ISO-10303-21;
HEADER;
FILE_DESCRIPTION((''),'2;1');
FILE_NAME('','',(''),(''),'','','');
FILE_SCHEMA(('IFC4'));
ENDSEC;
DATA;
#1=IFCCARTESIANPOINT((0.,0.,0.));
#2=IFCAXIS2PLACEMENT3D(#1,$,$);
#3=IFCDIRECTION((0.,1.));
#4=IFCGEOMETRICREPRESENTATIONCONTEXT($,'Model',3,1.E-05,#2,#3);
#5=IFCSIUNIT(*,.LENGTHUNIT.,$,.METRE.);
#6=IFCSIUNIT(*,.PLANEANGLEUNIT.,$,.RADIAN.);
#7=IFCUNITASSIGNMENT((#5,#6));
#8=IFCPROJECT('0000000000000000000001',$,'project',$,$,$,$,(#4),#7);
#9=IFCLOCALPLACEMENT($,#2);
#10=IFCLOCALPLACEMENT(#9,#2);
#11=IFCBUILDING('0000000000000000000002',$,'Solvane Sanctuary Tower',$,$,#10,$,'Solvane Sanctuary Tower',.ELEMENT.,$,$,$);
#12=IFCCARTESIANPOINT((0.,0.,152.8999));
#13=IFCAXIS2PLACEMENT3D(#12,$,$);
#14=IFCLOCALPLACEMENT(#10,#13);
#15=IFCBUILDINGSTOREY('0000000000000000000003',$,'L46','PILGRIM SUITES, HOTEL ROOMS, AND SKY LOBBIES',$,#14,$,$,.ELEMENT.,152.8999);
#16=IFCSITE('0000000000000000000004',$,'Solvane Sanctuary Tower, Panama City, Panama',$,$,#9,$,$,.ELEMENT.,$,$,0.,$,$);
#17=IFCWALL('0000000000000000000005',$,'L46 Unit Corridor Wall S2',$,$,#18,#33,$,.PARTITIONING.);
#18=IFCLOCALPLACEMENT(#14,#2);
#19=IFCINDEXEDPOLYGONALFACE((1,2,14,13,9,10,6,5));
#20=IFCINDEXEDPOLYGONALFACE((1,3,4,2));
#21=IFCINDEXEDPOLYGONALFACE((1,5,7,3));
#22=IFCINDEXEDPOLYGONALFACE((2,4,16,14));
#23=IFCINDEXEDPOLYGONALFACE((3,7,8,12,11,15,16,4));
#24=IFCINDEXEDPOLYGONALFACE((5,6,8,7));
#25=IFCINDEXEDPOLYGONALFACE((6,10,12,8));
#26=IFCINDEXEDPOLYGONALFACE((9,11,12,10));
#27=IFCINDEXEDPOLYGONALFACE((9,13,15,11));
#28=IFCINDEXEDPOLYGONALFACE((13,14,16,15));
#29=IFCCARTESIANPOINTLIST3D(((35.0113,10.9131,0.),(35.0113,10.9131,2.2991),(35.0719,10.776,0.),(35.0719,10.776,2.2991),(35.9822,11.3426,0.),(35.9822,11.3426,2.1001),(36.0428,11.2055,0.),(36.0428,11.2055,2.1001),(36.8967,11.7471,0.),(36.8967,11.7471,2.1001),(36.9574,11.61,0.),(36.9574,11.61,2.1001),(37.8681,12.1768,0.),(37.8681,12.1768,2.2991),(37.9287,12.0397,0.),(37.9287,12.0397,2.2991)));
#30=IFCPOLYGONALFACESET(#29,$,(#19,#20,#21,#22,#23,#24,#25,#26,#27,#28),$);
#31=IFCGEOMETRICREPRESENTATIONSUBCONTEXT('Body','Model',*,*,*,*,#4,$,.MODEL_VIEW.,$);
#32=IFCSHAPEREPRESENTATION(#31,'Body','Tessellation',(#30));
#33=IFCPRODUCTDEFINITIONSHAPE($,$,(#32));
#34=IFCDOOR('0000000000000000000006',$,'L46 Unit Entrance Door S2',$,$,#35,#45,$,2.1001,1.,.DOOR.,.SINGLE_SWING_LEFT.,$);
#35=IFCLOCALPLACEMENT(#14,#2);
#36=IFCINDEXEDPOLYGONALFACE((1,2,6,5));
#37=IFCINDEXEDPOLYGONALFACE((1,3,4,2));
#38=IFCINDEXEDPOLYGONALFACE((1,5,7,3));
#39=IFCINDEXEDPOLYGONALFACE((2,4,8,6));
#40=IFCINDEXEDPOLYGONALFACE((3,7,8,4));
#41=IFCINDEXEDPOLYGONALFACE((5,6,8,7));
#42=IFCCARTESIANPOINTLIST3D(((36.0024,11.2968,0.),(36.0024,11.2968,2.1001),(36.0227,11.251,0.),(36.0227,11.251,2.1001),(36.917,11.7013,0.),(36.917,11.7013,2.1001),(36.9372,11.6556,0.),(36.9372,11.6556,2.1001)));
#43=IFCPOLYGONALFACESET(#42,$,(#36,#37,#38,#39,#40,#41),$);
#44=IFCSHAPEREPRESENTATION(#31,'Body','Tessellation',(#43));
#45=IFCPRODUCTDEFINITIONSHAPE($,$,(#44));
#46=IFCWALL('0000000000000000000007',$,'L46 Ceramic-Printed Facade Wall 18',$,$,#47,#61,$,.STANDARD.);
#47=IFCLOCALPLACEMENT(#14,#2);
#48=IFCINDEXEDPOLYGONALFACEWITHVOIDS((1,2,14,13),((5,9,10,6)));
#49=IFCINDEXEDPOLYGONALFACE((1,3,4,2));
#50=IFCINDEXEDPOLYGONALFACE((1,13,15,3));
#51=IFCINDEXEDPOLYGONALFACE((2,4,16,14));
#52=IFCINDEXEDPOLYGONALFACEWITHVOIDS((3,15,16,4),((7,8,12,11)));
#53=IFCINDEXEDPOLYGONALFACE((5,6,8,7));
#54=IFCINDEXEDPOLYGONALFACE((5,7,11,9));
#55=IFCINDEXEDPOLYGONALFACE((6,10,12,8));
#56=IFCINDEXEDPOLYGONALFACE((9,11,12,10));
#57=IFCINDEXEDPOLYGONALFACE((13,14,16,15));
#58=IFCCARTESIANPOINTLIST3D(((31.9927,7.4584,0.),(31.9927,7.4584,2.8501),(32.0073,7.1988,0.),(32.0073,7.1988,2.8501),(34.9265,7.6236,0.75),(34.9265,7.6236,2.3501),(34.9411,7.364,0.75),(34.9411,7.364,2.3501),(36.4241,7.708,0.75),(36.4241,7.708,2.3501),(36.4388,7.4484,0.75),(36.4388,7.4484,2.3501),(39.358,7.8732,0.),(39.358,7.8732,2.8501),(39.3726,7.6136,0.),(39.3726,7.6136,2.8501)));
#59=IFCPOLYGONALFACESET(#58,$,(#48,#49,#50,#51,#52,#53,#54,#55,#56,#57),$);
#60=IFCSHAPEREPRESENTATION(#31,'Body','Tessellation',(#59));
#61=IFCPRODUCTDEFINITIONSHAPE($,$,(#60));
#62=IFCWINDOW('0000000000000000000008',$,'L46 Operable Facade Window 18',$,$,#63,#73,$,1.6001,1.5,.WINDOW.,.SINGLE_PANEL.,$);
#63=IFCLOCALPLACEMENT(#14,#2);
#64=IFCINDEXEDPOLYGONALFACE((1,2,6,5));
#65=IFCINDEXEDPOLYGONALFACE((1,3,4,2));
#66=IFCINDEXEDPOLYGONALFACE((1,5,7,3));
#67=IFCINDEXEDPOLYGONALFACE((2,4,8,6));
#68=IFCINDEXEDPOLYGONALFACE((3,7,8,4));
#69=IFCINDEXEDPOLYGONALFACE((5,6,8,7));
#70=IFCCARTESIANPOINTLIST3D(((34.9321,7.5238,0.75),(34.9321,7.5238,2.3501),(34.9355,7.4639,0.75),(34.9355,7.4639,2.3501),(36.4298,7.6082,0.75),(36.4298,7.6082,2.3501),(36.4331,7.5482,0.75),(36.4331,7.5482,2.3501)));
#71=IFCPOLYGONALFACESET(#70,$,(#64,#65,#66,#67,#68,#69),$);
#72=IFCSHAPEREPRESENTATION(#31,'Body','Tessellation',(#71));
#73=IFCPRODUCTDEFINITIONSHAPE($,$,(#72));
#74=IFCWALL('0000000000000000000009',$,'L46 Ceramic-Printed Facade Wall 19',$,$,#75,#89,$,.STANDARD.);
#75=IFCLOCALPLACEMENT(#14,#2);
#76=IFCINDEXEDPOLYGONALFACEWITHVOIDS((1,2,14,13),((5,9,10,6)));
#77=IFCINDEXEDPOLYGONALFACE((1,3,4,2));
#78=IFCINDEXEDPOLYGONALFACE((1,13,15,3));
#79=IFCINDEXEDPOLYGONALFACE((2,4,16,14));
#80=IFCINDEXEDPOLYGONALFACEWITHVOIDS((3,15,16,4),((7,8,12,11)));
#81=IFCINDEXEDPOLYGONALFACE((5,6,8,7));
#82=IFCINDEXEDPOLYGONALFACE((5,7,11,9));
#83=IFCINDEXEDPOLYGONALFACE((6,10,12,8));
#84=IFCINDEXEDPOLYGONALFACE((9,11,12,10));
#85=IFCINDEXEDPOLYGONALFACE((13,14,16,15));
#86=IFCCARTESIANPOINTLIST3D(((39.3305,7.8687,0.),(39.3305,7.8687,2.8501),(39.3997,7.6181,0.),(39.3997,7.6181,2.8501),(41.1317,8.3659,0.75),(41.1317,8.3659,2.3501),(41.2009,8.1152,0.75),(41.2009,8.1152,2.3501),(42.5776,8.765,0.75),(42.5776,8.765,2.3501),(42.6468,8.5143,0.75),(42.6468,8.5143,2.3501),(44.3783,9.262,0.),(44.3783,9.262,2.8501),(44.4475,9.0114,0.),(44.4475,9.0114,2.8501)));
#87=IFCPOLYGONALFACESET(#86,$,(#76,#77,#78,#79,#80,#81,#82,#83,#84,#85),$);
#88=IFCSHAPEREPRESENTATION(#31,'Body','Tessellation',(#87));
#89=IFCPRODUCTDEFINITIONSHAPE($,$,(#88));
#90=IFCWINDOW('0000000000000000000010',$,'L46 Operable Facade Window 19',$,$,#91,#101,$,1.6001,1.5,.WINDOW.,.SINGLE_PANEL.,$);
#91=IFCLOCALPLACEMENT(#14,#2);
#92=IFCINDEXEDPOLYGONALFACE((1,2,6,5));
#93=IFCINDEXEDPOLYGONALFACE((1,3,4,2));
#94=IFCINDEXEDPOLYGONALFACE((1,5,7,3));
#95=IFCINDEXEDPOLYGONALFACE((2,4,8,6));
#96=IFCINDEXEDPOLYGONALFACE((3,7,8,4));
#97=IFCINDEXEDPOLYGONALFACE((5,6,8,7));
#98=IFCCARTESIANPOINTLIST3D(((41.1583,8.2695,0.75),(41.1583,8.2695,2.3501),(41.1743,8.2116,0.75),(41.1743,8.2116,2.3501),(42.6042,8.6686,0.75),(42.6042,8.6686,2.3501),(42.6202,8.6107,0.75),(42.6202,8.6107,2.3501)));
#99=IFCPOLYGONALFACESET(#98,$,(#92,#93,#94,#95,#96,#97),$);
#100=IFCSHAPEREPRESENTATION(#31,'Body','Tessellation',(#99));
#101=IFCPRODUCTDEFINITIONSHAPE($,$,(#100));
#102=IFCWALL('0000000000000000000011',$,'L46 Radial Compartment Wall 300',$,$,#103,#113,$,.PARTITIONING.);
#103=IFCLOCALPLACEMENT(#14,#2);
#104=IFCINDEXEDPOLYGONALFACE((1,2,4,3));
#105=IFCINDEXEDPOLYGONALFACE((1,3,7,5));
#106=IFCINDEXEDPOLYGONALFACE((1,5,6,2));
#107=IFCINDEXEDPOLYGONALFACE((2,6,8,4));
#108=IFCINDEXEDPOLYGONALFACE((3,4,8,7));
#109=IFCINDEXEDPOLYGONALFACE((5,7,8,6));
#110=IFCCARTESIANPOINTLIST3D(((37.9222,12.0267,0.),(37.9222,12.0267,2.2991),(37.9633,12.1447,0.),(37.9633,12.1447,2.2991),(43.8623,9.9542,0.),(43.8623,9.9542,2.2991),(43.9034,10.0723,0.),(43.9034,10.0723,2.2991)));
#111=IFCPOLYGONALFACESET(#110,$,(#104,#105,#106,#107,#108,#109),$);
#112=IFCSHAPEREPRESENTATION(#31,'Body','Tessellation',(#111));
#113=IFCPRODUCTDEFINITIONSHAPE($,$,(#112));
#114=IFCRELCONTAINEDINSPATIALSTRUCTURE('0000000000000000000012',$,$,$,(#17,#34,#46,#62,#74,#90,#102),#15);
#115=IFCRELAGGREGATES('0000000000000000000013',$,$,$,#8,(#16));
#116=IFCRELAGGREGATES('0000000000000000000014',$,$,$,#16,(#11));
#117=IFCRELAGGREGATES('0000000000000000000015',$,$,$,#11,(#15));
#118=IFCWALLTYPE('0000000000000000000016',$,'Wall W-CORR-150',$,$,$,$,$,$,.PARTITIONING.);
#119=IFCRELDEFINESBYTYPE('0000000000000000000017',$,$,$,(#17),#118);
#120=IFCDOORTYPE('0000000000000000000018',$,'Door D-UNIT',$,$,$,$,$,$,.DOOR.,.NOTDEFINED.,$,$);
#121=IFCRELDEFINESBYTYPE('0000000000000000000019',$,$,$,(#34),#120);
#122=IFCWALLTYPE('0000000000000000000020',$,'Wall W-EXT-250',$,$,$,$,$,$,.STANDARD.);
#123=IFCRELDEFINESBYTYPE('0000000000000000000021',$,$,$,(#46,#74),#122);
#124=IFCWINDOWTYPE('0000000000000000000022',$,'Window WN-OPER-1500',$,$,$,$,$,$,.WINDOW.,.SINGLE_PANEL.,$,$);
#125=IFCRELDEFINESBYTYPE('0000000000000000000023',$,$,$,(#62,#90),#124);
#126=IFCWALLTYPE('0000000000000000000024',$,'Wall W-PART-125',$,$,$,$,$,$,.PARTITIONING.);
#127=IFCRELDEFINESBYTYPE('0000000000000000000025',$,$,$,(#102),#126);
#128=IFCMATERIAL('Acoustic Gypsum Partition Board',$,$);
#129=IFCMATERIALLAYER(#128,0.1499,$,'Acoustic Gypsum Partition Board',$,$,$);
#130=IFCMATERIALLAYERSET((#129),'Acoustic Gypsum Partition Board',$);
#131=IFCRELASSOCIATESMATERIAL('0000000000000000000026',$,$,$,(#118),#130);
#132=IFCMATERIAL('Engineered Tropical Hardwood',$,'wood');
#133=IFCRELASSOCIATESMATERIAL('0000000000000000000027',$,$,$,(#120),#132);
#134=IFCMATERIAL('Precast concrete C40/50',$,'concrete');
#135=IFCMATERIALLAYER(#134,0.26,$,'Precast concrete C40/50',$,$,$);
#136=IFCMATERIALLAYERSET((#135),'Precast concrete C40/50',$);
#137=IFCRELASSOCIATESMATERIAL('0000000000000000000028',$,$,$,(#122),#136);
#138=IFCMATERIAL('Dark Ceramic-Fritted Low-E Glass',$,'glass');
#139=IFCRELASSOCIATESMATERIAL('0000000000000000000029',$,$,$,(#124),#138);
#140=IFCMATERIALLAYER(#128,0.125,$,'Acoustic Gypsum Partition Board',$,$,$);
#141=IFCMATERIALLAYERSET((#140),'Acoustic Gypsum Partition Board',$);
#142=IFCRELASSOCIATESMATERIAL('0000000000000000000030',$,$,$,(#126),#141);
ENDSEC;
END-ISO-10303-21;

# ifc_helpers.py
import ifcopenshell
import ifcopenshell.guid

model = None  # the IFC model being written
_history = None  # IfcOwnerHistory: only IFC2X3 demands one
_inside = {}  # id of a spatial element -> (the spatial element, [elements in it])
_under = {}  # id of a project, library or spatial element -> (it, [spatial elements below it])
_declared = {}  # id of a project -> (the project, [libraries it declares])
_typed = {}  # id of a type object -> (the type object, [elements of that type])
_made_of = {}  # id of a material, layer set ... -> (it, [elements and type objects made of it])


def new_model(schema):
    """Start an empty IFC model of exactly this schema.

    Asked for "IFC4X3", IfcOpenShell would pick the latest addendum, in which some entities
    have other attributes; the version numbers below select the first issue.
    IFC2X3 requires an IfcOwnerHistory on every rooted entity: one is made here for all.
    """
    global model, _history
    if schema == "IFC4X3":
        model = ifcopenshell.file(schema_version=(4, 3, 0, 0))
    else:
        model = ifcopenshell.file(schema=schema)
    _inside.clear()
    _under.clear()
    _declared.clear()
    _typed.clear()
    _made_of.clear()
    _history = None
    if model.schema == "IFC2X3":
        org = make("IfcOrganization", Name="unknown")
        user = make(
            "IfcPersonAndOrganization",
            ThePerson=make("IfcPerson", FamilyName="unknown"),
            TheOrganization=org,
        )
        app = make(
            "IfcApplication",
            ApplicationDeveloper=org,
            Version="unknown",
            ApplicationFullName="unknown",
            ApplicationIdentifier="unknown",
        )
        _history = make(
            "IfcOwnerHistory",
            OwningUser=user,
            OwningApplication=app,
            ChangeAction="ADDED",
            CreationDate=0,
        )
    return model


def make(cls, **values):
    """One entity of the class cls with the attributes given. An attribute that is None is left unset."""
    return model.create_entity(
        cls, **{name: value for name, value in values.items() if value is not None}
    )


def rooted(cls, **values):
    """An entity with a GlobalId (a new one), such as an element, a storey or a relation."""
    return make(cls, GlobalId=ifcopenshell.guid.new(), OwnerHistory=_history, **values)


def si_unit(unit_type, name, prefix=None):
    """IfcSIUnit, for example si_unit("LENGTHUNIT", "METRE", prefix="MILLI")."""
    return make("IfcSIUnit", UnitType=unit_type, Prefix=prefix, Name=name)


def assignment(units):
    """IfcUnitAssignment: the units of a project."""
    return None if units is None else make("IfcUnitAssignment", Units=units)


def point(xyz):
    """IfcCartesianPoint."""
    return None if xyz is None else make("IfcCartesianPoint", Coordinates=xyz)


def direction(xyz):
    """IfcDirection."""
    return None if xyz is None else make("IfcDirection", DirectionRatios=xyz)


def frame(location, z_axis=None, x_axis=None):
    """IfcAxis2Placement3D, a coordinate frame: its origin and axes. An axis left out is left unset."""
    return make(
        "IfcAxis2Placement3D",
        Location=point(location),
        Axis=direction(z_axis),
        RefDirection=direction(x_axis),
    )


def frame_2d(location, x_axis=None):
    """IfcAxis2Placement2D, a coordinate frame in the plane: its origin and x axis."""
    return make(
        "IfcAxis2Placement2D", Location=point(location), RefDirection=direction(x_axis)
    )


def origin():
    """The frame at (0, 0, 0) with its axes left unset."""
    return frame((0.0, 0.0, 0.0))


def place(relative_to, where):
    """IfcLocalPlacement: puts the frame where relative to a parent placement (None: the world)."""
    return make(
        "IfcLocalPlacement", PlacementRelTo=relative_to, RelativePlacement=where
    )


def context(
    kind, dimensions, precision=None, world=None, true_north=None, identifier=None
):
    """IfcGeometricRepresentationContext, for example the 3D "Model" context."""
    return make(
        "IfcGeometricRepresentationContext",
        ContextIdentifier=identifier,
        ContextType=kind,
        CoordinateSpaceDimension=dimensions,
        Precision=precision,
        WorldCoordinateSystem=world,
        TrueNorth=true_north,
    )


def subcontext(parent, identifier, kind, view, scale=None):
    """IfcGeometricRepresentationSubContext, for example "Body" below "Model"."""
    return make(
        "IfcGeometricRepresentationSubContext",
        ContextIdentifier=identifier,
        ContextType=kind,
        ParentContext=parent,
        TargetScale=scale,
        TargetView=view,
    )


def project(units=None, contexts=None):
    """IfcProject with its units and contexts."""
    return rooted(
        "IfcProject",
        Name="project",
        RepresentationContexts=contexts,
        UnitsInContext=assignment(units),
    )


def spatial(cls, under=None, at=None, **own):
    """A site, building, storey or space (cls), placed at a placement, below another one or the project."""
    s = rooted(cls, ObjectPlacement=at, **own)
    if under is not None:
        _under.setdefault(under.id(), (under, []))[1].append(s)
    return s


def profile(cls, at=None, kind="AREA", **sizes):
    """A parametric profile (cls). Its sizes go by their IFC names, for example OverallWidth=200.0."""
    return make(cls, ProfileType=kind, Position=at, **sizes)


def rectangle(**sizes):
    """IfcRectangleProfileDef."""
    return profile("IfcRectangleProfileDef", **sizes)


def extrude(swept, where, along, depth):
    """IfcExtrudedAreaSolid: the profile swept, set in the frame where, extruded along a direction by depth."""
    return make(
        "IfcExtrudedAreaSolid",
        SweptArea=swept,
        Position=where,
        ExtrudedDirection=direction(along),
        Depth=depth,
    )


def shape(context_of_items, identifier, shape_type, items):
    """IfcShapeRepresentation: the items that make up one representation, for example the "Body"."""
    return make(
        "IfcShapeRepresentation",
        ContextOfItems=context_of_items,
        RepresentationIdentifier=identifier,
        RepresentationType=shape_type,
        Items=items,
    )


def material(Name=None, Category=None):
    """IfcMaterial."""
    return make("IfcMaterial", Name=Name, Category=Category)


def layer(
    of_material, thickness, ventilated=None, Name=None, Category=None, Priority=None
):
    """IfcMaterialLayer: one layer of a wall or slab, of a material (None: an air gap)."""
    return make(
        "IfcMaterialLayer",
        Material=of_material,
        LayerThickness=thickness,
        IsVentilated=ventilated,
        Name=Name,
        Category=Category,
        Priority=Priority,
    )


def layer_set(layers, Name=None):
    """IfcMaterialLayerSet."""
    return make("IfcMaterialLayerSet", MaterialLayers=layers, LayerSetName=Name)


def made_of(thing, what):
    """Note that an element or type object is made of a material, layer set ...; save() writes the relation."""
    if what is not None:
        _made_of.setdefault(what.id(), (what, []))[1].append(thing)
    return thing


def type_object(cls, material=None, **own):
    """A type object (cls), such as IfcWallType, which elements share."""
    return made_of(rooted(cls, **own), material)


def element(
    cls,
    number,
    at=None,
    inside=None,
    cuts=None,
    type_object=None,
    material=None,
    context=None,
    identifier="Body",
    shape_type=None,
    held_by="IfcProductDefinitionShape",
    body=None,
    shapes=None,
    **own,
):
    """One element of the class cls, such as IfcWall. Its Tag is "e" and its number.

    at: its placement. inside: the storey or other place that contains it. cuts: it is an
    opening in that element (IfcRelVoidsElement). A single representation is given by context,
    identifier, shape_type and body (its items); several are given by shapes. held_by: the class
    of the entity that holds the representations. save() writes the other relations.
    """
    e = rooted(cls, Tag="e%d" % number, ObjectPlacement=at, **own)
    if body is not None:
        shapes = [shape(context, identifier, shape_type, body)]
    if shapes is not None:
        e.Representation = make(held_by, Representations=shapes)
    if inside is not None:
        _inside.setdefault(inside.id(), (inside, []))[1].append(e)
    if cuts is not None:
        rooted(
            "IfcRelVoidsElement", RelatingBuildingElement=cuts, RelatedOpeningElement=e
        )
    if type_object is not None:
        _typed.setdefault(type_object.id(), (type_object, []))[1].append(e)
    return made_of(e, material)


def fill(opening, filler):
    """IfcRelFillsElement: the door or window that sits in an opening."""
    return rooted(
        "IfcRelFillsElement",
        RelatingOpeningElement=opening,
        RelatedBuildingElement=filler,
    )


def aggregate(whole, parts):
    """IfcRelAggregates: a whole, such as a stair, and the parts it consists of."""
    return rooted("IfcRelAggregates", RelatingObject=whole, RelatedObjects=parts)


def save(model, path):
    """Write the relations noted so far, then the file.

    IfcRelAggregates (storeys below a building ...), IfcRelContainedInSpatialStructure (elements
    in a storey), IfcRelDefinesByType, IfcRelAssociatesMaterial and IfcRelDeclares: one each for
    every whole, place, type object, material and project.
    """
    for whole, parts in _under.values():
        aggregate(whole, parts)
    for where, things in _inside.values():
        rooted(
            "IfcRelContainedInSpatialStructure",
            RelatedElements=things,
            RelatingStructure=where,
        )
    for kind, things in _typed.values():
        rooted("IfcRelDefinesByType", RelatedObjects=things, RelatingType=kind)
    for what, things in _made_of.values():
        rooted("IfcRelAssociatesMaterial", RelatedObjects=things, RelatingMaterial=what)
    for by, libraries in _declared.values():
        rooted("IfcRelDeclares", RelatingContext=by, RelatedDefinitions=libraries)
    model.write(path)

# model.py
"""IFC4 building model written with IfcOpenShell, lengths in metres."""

from ifc_helpers import new_model, si_unit, direction, frame, frame_2d, origin, place, context, subcontext, project, spatial, rectangle, extrude, material, layer, layer_set, type_object, element, fill, save


model = new_model("IFC4")

# Units and contexts
model_context = context("Model", 3, precision=1e-05, world=origin(), true_north=direction((0.0, 1.0)))
body_context = subcontext(model_context, "Body", "Model", "MODEL_VIEW")
ifc_project = project(units=[si_unit("LENGTHUNIT", "METRE"), si_unit("PLANEANGLEUNIT", "RADIAN")], contexts=[model_context])

# Site, building, storey
site_placement = place(None, origin())
site = spatial("IfcSite", under=ifc_project, at=site_placement, Name="Solvane Sanctuary Tower, Panama City, Panama", CompositionType="ELEMENT", RefElevation=0.0)
building_placement = place(site_placement, origin())
building = spatial("IfcBuilding", under=site, at=building_placement, Name="Solvane Sanctuary Tower", LongName="Solvane Sanctuary Tower", CompositionType="ELEMENT")
storey_placement = place(building_placement, frame((0.0, 0.0, 152.8999)))
storey = spatial("IfcBuildingStorey", under=building, at=storey_placement, Name="L46", Description="PILGRIM SUITES, HOTEL ROOMS, AND SKY LOBBIES", CompositionType="ELEMENT", Elevation=152.8999)

# Shared definitions
ifc_material_1 = material(Name="Acoustic Gypsum Partition Board")
ifc_layer_1 = layer(ifc_material_1, 0.1499, Name="Acoustic Gypsum Partition Board")
ifc_layer_set_1 = layer_set([ifc_layer_1], Name="Acoustic Gypsum Partition Board")
wall_type_1 = type_object("IfcWallType", Name="Wall W-CORR-150", PredefinedType="PARTITIONING", material=ifc_layer_set_1)

# Wall, opening, door
ifc_material_2 = material(Name="Engineered Tropical Hardwood", Category="wood")
wall_1_placement = place(storey_placement, frame((35.0415, 10.8445, 0.0), z_axis=(0.0, 0.0, 1.0), x_axis=(0.914519, 0.404542, 0.0)))
wall_1 = element("IfcWall", 1, at=wall_1_placement, inside=storey, type_object=wall_type_1, Name="L46 Unit Corridor Wall S2", PredefinedType="PARTITIONING", context=body_context, shape_type="SweptSolid", body=[
    extrude(rectangle(XDim=3.1238, YDim=0.1499, at=frame_2d((1.562, 0.0))), origin(), (0.0, 0.0, 1.0), 2.2991),
])
opening_1_placement = place(wall_1_placement, frame((1.0618, 0.0, 0.0)))
opening_1 = element("IfcOpeningElement", 2, at=opening_1_placement, cuts=wall_1, PredefinedType="OPENING", context=body_context, shape_type="SweptSolid", body=[
    extrude(rectangle(XDim=1.0, YDim=2.1001, at=frame_2d((0.5, 1.05))), frame((0.0, 0.085, 0.0), z_axis=(0.0, -1.0, 0.0), x_axis=(1.0, 0.0, 0.0)), (0.0, 0.0, 1.0), 0.1699),
])
door_type_1 = type_object("IfcDoorType", Name="Door D-UNIT", OperationType="NOTDEFINED", PredefinedType="DOOR", material=ifc_material_2)
door_1_placement = place(opening_1_placement, origin())
door_1 = element("IfcDoor", 3, at=door_1_placement, inside=storey, type_object=door_type_1, Name="L46 Unit Entrance Door S2", OperationType="SINGLE_SWING_LEFT", OverallHeight=2.1001, OverallWidth=1.0, PredefinedType="DOOR", context=body_context, shape_type="SweptSolid", body=[
    extrude(rectangle(XDim=1.0, YDim=2.1001, at=frame_2d((0.5, 1.05))), frame((0.0, 0.0249, 0.0), z_axis=(0.0, -1.0, 0.0), x_axis=(1.0, 0.0, 0.0)), (0.0, 0.0, 1.0), 0.05),
])
fill(opening_1, door_1)

# Walls, openings, windows
ifc_material_3 = material(Name="Precast concrete C40/50", Category="concrete")
ifc_layer_2 = layer(ifc_material_3, 0.26, Name="Precast concrete C40/50")
ifc_layer_set_2 = layer_set([ifc_layer_2], Name="Precast concrete C40/50")
wall_type_2 = type_object("IfcWallType", Name="Wall W-EXT-250", PredefinedType="STANDARD", material=ifc_layer_set_2)
wall_2_placement = place(storey_placement, frame((32.0, 7.3286, 0.0), z_axis=(0.0, 0.0, 1.0), x_axis=(0.998418, 0.056229, 0.0)))
wall_2 = element("IfcWall", 4, at=wall_2_placement, inside=storey, type_object=wall_type_2, Name="L46 Ceramic-Printed Facade Wall 18", PredefinedType="STANDARD", context=body_context, shape_type="SweptSolid", body=[
    extrude(rectangle(XDim=7.377, YDim=0.26, at=frame_2d((3.6885, 0.0))), origin(), (0.0, 0.0, 1.0), 2.8501),
])
opening_2_placement = place(wall_2_placement, frame((2.9385, 0.0, 0.75)))
opening_2 = element("IfcOpeningElement", 5, at=opening_2_placement, cuts=wall_2, PredefinedType="OPENING", context=body_context, shape_type="SweptSolid", body=[
    extrude(rectangle(XDim=1.5, YDim=1.6001, at=frame_2d((0.75, 0.8))), frame((0.0, 0.1399, 0.0), z_axis=(0.0, -1.0, 0.0), x_axis=(1.0, 0.0, 0.0)), (0.0, 0.0, 1.0), 0.28),
])
ifc_material_4 = material(Name="Dark Ceramic-Fritted Low-E Glass", Category="glass")
window_type = type_object("IfcWindowType", Name="Window WN-OPER-1500", PartitioningType="SINGLE_PANEL", PredefinedType="WINDOW", material=ifc_material_4)
window_1_placement = place(opening_2_placement, origin())
window_1 = element("IfcWindow", 6, at=window_1_placement, inside=storey, type_object=window_type, Name="L46 Operable Facade Window 18", OverallHeight=1.6001, OverallWidth=1.5, PartitioningType="SINGLE_PANEL", PredefinedType="WINDOW", context=body_context, shape_type="SweptSolid", body=[
    extrude(rectangle(XDim=1.5, YDim=1.6001, at=frame_2d((0.75, 0.8))), frame((0.0, 0.03, 0.0), z_axis=(0.0, -1.0, 0.0), x_axis=(1.0, 0.0, 0.0)), (0.0, 0.0, 1.0), 0.0601),
])
fill(opening_2, window_1)
wall_3_placement = place(storey_placement, frame((39.3652, 7.7434, 0.0), z_axis=(0.0, 0.0, 1.0), x_axis=(0.963953, 0.266071, 0.0)))
wall_3 = element("IfcWall", 7, at=wall_3_placement, inside=storey, type_object=wall_type_2, Name="L46 Ceramic-Printed Facade Wall 19", PredefinedType="STANDARD", context=body_context, shape_type="SweptSolid", body=[
    extrude(rectangle(XDim=5.2366, YDim=0.26, at=frame_2d((2.6182, 0.0))), origin(), (0.0, 0.0, 1.0), 2.8501),
])
opening_3_placement = place(wall_3_placement, frame((1.8684, 0.0, 0.75)))
opening_3 = element("IfcOpeningElement", 8, at=opening_3_placement, cuts=wall_3, PredefinedType="OPENING", context=body_context, shape_type="SweptSolid", body=[
    extrude(rectangle(XDim=1.5, YDim=1.6001, at=frame_2d((0.75, 0.8))), frame((0.0, 0.1399, 0.0), z_axis=(0.0, -1.0, 0.0), x_axis=(1.0, 0.0, 0.0)), (0.0, 0.0, 1.0), 0.28),
])
window_2_placement = place(opening_3_placement, origin())
window_2 = element("IfcWindow", 9, at=window_2_placement, inside=storey, type_object=window_type, Name="L46 Operable Facade Window 19", OverallHeight=1.6001, OverallWidth=1.5, PartitioningType="SINGLE_PANEL", PredefinedType="WINDOW", context=body_context, shape_type="SweptSolid", body=[
    extrude(rectangle(XDim=1.5, YDim=1.6001, at=frame_2d((0.75, 0.8))), frame((0.0, 0.03, 0.0), z_axis=(0.0, -1.0, 0.0), x_axis=(1.0, 0.0, 0.0)), (0.0, 0.0, 1.0), 0.0601),
])
fill(opening_3, window_2)

# Wall
ifc_layer_3 = layer(ifc_material_1, 0.125, Name="Acoustic Gypsum Partition Board")
ifc_layer_set_3 = layer_set([ifc_layer_3], Name="Acoustic Gypsum Partition Board")
wall_type_3 = type_object("IfcWallType", Name="Wall W-PART-125", PredefinedType="PARTITIONING", material=ifc_layer_set_3)
wall_4_placement = place(storey_placement, frame((37.9429, 12.0857, 0.0), z_axis=(0.0, 0.0, 1.0), x_axis=(0.944183, -0.329422, 0.0)))
element("IfcWall", 10, at=wall_4_placement, inside=storey, type_object=wall_type_3, Name="L46 Radial Compartment Wall 300", PredefinedType="PARTITIONING", context=body_context, shape_type="SweptSolid", body=[
    extrude(rectangle(XDim=6.2913, YDim=0.125, at=frame_2d((3.1455, 0.0))), origin(), (0.0, 0.0, 1.0), 2.2991),
])

save(model, "model.ifc")
